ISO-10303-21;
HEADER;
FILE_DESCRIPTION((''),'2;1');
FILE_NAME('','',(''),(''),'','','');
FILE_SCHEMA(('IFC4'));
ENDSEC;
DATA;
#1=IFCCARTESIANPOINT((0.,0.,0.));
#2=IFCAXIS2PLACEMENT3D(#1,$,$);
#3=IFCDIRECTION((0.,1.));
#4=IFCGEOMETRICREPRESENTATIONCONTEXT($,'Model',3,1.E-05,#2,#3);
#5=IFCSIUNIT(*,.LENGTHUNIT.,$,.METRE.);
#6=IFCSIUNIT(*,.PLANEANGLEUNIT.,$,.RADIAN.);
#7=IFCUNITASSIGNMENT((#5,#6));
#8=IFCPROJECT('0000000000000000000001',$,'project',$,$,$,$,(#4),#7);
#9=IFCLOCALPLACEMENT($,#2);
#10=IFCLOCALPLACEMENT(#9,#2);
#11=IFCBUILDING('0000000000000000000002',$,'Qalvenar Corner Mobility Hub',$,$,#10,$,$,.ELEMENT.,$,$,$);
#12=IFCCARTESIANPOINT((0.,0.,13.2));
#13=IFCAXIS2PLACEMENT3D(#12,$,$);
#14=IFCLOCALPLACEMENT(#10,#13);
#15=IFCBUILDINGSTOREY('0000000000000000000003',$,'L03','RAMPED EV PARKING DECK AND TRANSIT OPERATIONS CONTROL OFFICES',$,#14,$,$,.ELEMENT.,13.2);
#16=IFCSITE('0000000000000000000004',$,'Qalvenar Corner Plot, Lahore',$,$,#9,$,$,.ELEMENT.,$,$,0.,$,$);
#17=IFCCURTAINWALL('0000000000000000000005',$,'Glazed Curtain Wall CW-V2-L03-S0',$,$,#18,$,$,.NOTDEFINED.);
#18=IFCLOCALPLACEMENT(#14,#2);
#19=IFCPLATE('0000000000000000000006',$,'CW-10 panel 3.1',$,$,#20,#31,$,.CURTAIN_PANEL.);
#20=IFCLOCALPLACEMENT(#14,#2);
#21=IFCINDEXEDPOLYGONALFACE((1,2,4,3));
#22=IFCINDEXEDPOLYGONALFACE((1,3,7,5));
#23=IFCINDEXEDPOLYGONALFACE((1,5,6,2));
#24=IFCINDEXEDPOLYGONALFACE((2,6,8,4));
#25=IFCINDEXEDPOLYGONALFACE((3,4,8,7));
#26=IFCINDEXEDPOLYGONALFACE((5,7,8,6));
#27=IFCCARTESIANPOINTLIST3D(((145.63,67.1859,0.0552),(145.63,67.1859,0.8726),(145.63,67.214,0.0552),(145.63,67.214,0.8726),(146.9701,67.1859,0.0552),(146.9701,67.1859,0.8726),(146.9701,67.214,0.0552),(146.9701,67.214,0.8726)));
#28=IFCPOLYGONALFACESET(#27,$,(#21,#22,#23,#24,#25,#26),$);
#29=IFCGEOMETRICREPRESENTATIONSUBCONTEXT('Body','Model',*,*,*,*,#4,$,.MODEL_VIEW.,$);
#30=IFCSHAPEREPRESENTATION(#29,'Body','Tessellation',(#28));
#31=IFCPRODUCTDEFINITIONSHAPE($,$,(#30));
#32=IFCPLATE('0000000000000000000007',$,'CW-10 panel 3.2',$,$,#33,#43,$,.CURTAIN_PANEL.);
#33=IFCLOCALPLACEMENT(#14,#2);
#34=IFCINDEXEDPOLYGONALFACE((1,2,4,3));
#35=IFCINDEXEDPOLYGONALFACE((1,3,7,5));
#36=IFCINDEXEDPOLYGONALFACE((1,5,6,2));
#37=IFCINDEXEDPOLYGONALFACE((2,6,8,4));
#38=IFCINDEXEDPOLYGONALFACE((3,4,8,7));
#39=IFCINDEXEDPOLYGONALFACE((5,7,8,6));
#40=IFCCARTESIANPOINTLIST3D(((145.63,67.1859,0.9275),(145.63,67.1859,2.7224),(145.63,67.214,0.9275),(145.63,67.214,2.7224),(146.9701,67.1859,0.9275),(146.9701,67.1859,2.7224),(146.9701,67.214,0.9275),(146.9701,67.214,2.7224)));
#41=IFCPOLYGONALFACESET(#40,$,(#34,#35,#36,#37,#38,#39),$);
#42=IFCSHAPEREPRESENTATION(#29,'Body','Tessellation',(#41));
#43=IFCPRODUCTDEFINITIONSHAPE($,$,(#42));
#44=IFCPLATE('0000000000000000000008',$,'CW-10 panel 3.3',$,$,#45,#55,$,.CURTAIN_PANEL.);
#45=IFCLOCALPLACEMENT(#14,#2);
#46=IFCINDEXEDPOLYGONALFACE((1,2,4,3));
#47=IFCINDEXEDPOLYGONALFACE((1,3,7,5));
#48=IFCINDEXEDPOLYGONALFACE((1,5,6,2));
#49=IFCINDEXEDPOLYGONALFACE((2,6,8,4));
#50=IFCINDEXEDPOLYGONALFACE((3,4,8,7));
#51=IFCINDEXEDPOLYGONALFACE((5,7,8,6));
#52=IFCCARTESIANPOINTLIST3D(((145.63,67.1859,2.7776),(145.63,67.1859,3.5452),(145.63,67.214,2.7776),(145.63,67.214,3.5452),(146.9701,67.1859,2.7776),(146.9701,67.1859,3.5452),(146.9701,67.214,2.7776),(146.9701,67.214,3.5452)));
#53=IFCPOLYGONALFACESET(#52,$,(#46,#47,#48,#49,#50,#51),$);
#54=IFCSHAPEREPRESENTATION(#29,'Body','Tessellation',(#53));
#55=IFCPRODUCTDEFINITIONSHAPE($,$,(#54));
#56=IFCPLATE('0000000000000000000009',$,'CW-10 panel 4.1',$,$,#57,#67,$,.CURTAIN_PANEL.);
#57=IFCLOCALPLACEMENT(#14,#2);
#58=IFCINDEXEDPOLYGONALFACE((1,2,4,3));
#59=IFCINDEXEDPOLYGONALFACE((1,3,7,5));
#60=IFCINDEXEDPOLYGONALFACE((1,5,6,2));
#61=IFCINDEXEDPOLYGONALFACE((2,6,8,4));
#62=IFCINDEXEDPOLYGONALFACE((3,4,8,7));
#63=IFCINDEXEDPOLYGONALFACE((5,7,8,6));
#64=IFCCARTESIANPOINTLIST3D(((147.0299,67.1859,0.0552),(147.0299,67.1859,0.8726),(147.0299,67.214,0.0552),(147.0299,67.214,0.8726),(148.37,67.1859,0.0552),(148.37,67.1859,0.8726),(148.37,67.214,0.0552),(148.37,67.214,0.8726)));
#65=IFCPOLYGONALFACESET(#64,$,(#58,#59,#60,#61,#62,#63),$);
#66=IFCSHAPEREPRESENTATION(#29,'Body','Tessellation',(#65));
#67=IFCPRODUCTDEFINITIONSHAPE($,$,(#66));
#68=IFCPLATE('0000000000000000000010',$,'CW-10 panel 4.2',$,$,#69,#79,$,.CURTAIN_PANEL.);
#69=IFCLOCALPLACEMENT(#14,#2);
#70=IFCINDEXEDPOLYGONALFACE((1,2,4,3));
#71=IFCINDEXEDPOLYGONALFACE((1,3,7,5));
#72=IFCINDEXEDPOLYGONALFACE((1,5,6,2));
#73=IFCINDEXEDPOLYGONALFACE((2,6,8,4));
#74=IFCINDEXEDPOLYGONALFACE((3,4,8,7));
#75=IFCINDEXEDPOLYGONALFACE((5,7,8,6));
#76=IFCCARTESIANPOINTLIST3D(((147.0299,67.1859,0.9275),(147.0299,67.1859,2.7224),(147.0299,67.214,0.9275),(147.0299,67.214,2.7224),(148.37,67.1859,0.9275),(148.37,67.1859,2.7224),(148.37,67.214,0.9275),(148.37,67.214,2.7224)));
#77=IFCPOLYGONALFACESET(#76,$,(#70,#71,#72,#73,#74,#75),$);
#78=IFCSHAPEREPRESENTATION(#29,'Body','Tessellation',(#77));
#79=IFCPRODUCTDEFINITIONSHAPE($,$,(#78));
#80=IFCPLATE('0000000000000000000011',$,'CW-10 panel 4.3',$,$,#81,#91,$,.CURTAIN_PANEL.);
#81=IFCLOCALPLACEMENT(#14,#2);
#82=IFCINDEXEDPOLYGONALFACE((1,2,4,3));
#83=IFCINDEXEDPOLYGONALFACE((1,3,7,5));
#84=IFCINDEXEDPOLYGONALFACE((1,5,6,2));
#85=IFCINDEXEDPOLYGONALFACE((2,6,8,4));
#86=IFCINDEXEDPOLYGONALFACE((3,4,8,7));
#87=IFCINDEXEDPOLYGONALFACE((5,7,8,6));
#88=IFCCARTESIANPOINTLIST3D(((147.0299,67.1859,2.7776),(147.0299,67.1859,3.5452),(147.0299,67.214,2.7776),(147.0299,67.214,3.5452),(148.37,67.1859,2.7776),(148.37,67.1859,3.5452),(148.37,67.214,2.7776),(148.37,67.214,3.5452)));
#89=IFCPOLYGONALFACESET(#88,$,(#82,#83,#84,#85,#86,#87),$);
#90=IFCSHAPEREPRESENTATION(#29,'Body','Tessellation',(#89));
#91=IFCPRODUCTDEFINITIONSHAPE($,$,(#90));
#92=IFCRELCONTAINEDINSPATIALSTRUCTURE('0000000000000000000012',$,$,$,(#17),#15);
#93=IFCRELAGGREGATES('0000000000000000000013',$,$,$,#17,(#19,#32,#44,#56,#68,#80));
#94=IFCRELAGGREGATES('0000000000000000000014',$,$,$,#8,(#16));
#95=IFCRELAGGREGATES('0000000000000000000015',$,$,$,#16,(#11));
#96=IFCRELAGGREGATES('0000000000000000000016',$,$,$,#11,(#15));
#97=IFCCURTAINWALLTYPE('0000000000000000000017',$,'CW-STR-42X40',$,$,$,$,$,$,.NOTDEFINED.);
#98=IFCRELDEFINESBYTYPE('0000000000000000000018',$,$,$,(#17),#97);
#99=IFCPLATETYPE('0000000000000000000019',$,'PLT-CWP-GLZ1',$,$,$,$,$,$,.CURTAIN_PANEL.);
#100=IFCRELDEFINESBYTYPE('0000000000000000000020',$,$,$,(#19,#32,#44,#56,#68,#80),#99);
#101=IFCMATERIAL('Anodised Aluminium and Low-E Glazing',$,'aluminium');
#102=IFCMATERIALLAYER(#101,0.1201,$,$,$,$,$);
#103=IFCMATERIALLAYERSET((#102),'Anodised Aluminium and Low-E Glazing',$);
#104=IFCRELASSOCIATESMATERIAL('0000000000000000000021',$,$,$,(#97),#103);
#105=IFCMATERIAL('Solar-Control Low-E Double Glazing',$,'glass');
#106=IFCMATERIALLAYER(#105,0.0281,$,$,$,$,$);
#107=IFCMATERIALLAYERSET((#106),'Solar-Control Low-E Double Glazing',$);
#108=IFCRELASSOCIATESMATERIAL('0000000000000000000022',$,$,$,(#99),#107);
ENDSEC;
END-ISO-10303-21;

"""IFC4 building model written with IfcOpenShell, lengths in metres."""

from ifc_helpers import new_model, si_unit, direction, frame, origin, origin_2d, place, context, subcontext, project, spatial, rectangle, extrude, material, layer, layer_set, type_object, element, aggregate, save


model = new_model("IFC4")

# Units and contexts
model_context = context("Model", 3, precision=1e-05, world=origin(), true_north=direction((0.0, 1.0)))
body_context = subcontext(model_context, "Body", "Model", "MODEL_VIEW")
ifc_project = project(units=[si_unit("LENGTHUNIT", "METRE"), si_unit("PLANEANGLEUNIT", "RADIAN")], contexts=[model_context])

# Site, building, storey
site_placement = place(None, origin())
site = spatial("IfcSite", under=ifc_project, at=site_placement, Name="Qalvenar Corner Plot, Lahore", CompositionType="ELEMENT", RefElevation=0.0)
building_placement = place(site_placement, origin())
building = spatial("IfcBuilding", under=site, at=building_placement, Name="Qalvenar Corner Mobility Hub", CompositionType="ELEMENT")
storey_placement = place(building_placement, frame((0.0, 0.0, 13.2)))
storey = spatial("IfcBuildingStorey", under=building, at=storey_placement, Name="L03", Description="RAMPED EV PARKING DECK AND TRANSIT OPERATIONS CONTROL OFFICES", CompositionType="ELEMENT", Elevation=13.2)

# Curtain wall, plates
ifc_material_1 = material(Name="Anodised Aluminium and Low-E Glazing", Category="aluminium")
ifc_layer_1 = layer(ifc_material_1, 0.1201)
ifc_layer_set_1 = layer_set([ifc_layer_1], Name="Anodised Aluminium and Low-E Glazing")
curtain_wall_type = type_object("IfcCurtainWallType", Name="CW-STR-42X40", PredefinedType="NOTDEFINED", material=ifc_layer_set_1)
curtain_wall_placement = place(storey_placement, origin())
curtain_wall = element("IfcCurtainWall", 1, at=curtain_wall_placement, inside=storey, type_object=curtain_wall_type, Name="Glazed Curtain Wall CW-V2-L03-S0", PredefinedType="NOTDEFINED")
ifc_material_2 = material(Name="Solar-Control Low-E Double Glazing", Category="glass")
ifc_layer_2 = layer(ifc_material_2, 0.0281)
ifc_layer_set_2 = layer_set([ifc_layer_2], Name="Solar-Control Low-E Double Glazing")
plate_type = type_object("IfcPlateType", Name="PLT-CWP-GLZ1", PredefinedType="CURTAIN_PANEL", material=ifc_layer_set_2)
plate_1_placement = place(storey_placement, frame((146.3, 67.2, 0.0552), z_axis=(0.0, 0.0, 1.0), x_axis=(1.0, 0.0, 0.0)))
plate_1 = element("IfcPlate", 2, at=plate_1_placement, type_object=plate_type, Name="CW-10 panel 3.1", PredefinedType="CURTAIN_PANEL", context=body_context, shape_type="SweptSolid", body=[
    extrude(rectangle(XDim=1.3401, YDim=0.0281, at=origin_2d()), origin(), (0.0, 0.0, 1.0), 0.8174),
])
plate_2_placement = place(storey_placement, frame((146.3, 67.2, 0.9275), z_axis=(0.0, 0.0, 1.0), x_axis=(1.0, 0.0, 0.0)))
plate_2 = element("IfcPlate", 3, at=plate_2_placement, type_object=plate_type, Name="CW-10 panel 3.2", PredefinedType="CURTAIN_PANEL", context=body_context, shape_type="SweptSolid", body=[
    extrude(rectangle(XDim=1.3401, YDim=0.0281, at=origin_2d()), origin(), (0.0, 0.0, 1.0), 1.7949),
])
plate_3_placement = place(storey_placement, frame((146.3, 67.2, 2.7776), z_axis=(0.0, 0.0, 1.0), x_axis=(1.0, 0.0, 0.0)))
plate_3 = element("IfcPlate", 4, at=plate_3_placement, type_object=plate_type, Name="CW-10 panel 3.3", PredefinedType="CURTAIN_PANEL", context=body_context, shape_type="SweptSolid", body=[
    extrude(rectangle(XDim=1.3401, YDim=0.0281, at=origin_2d()), origin(), (0.0, 0.0, 1.0), 0.7676),
])
plate_4_placement = place(storey_placement, frame((147.7, 67.2, 0.0552), z_axis=(0.0, 0.0, 1.0), x_axis=(1.0, 0.0, 0.0)))
plate_4 = element("IfcPlate", 5, at=plate_4_placement, type_object=plate_type, Name="CW-10 panel 4.1", PredefinedType="CURTAIN_PANEL", context=body_context, shape_type="SweptSolid", body=[
    extrude(rectangle(XDim=1.3401, YDim=0.0281, at=origin_2d()), origin(), (0.0, 0.0, 1.0), 0.8174),
])
plate_5_placement = place(storey_placement, frame((147.7, 67.2, 0.9275), z_axis=(0.0, 0.0, 1.0), x_axis=(1.0, 0.0, 0.0)))
plate_5 = element("IfcPlate", 6, at=plate_5_placement, type_object=plate_type, Name="CW-10 panel 4.2", PredefinedType="CURTAIN_PANEL", context=body_context, shape_type="SweptSolid", body=[
    extrude(rectangle(XDim=1.3401, YDim=0.0281, at=origin_2d()), origin(), (0.0, 0.0, 1.0), 1.7949),
])
plate_6_placement = place(storey_placement, frame((147.7, 67.2, 2.7776), z_axis=(0.0, 0.0, 1.0), x_axis=(1.0, 0.0, 0.0)))
plate_6 = element("IfcPlate", 7, at=plate_6_placement, type_object=plate_type, Name="CW-10 panel 4.3", PredefinedType="CURTAIN_PANEL", context=body_context, shape_type="SweptSolid", body=[
    extrude(rectangle(XDim=1.3401, YDim=0.0281, at=origin_2d()), origin(), (0.0, 0.0, 1.0), 0.7676),
])
aggregate(curtain_wall, [plate_1, plate_2, plate_3, plate_4, plate_5, plate_6])

save(model, "model.ifc")
